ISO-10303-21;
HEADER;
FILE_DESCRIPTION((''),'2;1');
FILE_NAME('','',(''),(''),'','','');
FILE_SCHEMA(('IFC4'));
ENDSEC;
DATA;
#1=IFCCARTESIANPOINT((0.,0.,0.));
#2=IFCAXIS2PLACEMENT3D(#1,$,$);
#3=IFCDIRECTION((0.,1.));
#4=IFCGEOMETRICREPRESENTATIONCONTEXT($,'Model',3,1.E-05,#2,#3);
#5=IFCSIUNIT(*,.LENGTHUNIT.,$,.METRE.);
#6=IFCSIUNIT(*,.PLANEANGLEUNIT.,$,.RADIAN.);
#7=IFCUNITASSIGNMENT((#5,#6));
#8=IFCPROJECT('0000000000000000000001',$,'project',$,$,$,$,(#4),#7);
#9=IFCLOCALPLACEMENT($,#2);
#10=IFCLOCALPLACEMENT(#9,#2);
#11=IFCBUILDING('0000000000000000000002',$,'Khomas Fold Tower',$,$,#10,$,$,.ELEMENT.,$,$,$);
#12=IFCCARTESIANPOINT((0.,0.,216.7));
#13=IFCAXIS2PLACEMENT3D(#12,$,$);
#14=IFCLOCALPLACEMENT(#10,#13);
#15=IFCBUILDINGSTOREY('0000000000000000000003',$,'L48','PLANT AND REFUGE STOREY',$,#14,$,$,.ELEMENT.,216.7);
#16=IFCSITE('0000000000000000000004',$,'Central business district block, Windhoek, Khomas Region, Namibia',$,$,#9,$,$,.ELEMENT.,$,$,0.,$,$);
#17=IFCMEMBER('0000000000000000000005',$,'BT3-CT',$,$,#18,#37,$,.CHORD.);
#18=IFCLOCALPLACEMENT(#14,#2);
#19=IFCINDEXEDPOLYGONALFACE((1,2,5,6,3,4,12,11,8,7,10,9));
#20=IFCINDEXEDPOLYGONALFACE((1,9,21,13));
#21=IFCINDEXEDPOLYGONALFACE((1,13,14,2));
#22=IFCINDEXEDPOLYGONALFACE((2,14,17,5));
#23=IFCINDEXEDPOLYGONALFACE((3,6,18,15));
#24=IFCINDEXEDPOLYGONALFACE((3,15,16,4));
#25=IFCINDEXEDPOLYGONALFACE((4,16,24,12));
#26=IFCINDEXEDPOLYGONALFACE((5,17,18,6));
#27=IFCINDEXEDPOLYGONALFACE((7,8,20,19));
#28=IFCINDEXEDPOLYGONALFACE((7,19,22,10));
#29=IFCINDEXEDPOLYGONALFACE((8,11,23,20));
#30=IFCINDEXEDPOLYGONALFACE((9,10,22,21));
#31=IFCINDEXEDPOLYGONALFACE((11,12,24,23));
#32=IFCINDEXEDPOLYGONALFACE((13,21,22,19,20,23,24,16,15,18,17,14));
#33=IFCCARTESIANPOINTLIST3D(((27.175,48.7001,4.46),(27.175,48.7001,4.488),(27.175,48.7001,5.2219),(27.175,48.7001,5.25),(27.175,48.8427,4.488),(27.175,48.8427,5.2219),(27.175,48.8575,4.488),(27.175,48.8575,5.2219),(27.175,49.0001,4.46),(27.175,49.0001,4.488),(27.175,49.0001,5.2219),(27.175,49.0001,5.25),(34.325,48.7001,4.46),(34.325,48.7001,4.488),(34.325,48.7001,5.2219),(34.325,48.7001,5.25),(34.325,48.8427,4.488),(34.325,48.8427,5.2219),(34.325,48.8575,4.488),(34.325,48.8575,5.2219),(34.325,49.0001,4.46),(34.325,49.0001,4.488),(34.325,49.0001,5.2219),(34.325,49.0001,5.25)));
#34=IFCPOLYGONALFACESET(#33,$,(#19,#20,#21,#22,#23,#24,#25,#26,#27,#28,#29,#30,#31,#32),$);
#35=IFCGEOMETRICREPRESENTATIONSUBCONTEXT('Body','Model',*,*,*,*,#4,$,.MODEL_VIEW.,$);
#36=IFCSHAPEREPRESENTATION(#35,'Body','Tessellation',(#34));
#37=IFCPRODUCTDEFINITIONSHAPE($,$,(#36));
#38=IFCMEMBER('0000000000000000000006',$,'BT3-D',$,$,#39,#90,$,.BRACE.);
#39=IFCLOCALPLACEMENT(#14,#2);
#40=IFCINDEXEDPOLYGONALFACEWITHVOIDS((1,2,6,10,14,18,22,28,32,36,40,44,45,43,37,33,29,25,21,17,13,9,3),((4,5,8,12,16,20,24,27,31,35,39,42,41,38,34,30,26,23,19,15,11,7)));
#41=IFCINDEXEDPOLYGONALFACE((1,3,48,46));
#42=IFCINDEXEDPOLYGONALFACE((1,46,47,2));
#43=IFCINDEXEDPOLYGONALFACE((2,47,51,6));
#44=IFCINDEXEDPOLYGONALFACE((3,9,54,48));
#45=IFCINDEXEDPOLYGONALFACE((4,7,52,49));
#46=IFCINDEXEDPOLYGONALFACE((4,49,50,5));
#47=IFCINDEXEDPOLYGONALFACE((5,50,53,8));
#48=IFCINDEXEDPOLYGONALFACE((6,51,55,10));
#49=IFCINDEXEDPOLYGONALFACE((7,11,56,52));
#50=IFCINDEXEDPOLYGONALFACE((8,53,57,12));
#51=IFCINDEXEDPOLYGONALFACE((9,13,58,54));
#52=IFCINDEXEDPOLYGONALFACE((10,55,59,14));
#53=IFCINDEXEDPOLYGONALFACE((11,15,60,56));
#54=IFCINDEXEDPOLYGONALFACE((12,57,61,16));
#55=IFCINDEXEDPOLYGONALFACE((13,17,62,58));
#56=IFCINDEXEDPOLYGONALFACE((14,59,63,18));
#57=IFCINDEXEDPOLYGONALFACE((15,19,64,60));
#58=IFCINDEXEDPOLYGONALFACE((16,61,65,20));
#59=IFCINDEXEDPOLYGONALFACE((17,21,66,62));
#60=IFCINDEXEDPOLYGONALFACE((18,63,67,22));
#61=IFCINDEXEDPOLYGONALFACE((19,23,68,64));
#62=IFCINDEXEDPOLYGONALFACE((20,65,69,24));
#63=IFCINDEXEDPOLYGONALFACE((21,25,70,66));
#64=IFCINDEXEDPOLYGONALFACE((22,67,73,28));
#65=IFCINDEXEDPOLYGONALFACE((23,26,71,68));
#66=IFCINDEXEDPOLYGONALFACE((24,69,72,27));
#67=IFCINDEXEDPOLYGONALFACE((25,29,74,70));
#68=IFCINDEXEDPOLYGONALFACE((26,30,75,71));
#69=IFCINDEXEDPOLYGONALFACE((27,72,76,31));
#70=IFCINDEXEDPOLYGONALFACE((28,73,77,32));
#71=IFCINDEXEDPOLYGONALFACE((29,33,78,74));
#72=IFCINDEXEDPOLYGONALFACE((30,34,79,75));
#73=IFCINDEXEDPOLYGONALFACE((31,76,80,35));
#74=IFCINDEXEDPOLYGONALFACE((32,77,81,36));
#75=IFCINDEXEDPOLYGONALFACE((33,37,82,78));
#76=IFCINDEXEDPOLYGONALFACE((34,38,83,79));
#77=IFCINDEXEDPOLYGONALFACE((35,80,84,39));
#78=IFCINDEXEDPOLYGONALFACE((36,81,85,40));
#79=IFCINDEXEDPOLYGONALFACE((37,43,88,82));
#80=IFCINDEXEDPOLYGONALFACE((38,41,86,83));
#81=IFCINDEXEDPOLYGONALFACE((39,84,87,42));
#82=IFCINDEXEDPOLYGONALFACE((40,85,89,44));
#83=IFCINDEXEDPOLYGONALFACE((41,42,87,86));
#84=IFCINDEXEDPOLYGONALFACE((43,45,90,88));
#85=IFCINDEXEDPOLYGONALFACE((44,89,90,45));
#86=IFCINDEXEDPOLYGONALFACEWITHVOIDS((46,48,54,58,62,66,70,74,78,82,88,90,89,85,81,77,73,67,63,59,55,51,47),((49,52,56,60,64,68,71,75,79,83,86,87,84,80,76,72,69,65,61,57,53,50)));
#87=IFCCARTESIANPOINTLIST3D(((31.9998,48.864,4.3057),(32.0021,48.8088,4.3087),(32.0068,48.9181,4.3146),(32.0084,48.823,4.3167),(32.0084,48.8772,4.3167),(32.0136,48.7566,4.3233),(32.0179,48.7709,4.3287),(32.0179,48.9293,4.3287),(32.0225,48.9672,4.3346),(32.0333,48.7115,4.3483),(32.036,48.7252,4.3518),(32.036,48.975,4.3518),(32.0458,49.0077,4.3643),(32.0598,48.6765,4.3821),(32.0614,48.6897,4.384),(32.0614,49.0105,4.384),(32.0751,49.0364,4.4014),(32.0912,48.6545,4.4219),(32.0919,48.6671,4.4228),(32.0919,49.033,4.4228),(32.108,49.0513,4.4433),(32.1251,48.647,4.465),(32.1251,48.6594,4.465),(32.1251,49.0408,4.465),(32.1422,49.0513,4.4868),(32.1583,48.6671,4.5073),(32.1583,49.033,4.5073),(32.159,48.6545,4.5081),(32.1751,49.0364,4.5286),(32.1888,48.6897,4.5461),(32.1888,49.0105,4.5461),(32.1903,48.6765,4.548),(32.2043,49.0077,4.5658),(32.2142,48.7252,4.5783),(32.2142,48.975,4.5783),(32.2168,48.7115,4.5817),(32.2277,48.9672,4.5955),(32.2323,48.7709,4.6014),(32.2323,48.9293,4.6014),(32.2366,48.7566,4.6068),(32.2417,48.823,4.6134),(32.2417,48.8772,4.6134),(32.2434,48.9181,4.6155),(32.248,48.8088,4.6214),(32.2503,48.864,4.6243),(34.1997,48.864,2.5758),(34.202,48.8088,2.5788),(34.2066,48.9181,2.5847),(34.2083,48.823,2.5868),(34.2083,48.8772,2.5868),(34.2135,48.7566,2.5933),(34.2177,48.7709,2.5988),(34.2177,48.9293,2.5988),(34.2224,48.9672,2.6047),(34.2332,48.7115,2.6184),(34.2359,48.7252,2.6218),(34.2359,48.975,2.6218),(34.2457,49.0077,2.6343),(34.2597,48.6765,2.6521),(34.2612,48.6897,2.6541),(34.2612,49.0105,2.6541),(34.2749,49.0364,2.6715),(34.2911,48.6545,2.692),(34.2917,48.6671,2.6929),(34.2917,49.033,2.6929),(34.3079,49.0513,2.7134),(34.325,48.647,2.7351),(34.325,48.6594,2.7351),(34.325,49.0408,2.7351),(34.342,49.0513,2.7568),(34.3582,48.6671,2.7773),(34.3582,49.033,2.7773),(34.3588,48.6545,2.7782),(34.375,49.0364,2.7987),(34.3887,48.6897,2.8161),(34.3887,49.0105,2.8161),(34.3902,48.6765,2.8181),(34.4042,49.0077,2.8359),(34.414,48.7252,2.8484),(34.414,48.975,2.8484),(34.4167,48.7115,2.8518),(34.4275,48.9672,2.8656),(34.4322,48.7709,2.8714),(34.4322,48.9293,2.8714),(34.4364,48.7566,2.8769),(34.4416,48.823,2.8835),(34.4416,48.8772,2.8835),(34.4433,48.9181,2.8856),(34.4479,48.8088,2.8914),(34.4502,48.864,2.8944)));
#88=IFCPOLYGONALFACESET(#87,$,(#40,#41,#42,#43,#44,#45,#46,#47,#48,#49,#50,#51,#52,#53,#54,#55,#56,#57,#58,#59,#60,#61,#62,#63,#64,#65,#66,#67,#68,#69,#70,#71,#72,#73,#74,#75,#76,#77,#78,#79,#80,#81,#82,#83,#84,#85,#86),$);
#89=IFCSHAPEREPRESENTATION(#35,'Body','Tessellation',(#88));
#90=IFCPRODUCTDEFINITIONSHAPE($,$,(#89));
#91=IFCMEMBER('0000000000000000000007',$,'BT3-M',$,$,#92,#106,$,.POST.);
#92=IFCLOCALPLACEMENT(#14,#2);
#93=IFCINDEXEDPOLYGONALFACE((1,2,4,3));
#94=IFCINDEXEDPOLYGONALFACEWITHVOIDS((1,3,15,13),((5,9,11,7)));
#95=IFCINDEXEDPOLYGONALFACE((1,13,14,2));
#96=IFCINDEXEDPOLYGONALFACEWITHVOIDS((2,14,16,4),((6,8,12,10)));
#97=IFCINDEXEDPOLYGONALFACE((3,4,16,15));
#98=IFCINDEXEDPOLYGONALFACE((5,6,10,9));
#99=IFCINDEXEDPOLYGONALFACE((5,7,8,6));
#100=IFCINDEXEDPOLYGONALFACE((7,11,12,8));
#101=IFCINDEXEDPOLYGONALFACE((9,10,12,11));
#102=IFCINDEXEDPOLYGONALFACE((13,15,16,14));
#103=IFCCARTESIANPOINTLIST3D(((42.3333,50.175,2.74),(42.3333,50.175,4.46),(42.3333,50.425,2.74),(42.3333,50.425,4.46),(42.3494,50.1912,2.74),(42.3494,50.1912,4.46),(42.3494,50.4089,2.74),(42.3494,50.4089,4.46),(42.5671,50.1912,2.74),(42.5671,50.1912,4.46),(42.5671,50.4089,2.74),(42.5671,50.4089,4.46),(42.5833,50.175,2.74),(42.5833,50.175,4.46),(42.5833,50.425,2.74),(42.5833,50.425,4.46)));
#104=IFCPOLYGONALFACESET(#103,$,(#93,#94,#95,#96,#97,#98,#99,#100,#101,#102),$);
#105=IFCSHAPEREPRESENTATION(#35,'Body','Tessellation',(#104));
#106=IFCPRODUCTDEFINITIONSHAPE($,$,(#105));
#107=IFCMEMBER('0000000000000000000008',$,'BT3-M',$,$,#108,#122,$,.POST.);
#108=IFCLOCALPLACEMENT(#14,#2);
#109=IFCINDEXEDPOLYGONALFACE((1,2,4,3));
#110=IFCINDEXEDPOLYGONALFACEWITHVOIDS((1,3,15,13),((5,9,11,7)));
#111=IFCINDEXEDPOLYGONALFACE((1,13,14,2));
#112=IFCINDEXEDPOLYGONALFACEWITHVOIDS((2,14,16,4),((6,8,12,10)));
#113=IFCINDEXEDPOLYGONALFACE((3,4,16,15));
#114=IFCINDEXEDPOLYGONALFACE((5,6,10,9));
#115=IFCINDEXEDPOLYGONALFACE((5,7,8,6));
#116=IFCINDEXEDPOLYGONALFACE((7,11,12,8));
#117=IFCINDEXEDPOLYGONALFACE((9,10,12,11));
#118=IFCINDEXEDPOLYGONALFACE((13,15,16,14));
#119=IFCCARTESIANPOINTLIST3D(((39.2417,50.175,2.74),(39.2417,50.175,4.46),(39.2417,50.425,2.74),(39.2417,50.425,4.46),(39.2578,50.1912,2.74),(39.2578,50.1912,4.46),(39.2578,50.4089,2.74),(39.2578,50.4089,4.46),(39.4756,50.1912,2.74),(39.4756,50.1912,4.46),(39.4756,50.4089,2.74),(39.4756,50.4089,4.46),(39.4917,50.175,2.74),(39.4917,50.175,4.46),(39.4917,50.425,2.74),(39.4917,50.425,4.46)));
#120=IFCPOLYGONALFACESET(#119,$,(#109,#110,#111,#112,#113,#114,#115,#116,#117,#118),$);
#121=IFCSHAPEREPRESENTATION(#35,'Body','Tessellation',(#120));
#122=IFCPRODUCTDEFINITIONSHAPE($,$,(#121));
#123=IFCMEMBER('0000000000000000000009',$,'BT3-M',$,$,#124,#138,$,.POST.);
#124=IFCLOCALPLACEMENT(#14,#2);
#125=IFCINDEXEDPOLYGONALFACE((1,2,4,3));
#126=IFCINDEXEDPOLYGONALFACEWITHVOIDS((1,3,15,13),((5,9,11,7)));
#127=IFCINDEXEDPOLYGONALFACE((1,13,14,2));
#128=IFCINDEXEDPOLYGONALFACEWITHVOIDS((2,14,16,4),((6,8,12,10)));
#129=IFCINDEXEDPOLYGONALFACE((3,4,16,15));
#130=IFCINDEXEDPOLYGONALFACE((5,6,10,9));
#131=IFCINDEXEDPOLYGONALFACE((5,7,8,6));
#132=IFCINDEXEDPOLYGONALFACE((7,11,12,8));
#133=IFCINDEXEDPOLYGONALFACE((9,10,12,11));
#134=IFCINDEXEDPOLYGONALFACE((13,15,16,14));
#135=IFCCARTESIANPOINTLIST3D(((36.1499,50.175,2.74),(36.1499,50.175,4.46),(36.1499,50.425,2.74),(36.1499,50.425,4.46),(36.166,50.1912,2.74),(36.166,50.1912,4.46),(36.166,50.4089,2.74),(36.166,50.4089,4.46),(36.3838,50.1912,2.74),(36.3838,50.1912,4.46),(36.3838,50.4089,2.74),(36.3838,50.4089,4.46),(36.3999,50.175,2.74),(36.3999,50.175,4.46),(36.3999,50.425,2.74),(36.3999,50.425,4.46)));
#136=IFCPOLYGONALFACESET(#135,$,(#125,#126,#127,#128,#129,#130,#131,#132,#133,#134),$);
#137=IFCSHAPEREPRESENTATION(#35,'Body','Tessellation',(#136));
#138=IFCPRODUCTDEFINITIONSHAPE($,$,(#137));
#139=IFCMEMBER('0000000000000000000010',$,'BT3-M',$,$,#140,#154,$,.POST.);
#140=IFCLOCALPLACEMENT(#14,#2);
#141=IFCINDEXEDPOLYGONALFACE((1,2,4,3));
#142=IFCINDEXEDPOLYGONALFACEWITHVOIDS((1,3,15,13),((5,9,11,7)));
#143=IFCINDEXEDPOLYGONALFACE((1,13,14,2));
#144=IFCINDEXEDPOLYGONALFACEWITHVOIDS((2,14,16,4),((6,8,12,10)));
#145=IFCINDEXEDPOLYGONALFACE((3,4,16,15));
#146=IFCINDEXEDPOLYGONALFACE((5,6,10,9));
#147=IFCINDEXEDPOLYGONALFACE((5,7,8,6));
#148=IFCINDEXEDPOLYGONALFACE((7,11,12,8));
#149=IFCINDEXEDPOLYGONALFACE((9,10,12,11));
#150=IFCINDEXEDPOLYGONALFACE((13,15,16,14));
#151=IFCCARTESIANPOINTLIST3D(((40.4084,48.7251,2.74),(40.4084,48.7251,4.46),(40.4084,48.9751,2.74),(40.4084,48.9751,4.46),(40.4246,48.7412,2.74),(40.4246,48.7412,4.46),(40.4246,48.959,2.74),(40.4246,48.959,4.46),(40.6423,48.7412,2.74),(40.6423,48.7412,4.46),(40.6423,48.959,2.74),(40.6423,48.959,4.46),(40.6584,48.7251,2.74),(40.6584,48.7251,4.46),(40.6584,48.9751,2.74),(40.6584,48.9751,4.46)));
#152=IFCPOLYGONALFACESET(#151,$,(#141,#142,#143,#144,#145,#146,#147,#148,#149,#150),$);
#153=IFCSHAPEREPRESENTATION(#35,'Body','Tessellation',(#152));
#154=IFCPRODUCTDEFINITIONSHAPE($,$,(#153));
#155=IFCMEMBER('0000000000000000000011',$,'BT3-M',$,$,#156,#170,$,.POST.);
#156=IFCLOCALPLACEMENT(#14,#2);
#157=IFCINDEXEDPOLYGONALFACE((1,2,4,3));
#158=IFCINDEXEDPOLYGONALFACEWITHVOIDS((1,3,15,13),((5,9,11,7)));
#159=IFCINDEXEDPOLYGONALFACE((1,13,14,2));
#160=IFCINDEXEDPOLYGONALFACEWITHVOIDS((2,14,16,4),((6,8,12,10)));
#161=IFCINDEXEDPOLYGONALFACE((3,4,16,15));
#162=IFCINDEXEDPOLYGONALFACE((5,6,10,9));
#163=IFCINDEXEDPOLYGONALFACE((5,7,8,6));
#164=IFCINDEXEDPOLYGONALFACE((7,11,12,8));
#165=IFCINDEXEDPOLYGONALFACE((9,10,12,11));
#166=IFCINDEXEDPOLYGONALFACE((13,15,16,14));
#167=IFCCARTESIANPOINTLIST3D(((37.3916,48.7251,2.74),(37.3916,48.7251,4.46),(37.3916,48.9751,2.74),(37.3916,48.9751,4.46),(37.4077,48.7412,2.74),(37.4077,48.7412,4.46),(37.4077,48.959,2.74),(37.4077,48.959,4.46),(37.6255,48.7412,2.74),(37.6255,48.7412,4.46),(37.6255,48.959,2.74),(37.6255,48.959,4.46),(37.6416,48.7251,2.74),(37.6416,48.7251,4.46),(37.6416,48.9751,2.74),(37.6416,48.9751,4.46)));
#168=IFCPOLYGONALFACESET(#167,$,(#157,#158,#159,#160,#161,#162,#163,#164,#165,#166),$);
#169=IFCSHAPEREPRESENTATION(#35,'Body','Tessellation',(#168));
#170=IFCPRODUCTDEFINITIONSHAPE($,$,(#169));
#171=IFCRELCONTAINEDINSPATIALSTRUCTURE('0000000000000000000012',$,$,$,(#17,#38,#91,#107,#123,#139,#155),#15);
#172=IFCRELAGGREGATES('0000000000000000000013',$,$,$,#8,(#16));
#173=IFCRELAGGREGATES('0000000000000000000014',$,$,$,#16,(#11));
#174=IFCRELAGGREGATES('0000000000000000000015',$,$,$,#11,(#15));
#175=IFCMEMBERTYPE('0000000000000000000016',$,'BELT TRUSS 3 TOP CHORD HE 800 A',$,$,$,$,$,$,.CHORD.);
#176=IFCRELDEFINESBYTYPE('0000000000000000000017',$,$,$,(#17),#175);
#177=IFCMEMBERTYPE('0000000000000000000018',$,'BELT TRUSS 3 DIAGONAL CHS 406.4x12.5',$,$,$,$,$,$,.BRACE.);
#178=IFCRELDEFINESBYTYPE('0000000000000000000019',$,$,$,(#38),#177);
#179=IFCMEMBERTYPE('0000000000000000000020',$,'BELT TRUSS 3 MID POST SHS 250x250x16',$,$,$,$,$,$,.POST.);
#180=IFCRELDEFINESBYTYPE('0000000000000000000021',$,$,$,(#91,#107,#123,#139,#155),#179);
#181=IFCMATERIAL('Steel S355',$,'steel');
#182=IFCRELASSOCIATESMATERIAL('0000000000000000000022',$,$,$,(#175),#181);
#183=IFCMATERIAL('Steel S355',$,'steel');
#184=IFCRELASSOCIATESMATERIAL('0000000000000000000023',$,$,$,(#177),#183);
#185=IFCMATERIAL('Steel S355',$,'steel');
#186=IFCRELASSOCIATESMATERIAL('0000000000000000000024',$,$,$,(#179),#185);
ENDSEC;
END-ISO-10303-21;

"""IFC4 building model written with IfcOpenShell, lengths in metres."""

from ifc_helpers import new_model, si_unit, direction, frame, origin, origin_2d, place, context, subcontext, project, spatial, hollow_rectangle, hollow_circle, i_section, extrude, source, transform, mapped, material, material_profile, profile_set, type_object, element, save


model = new_model("IFC4")

# Units and contexts
model_context = context("Model", 3, precision=1e-05, world=origin(), true_north=direction((0.0, 1.0)))
body_context = subcontext(model_context, "Body", "Model", "MODEL_VIEW")
ifc_project = project(units=[si_unit("LENGTHUNIT", "METRE"), si_unit("PLANEANGLEUNIT", "RADIAN")], contexts=[model_context])

# Site, building, storey
site_placement = place(None, origin())
site = spatial("IfcSite", under=ifc_project, at=site_placement, Name="Central business district block, Windhoek, Khomas Region, Namibia", CompositionType="ELEMENT", RefElevation=0.0)
building_placement = place(site_placement, origin())
building = spatial("IfcBuilding", under=site, at=building_placement, Name="Khomas Fold Tower", CompositionType="ELEMENT")
storey_placement = place(building_placement, frame((0.0, 0.0, 216.7)))
storey = spatial("IfcBuildingStorey", under=building, at=storey_placement, Name="L48", Description="PLANT AND REFUGE STOREY", CompositionType="ELEMENT", Elevation=216.7)

# Members
ifc_material_1 = material(Name="Steel S355", Category="steel")
ifc_material_profile_1 = material_profile(ifc_material_1, i_section(OverallWidth=0.3, OverallDepth=0.79, WebThickness=0.0149, FlangeThickness=0.0281, at=origin_2d()), Name="HE 800 A")
ifc_profile_set_1 = profile_set([ifc_material_profile_1], Name="Steel S355")
member_type_1 = type_object("IfcMemberType", Name="BELT TRUSS 3 TOP CHORD HE 800 A", PredefinedType="CHORD", material=ifc_profile_set_1)
shared_shape_1 = source(origin(), body_context, "Body", "SweptSolid", [
    extrude(i_section(OverallWidth=0.3, OverallDepth=0.79, WebThickness=0.0149, FlangeThickness=0.0281, at=origin_2d()), origin(), (0.0, 0.0, 1.0), 7.1499),
])
member_1_placement = place(storey_placement, frame((34.325, 48.8501, 4.855), z_axis=(-1.0, 0.0, 0.0), x_axis=(0.0, -1.0, 0.0)))
element("IfcMember", 1, at=member_1_placement, inside=storey, type_object=member_type_1, Name="BT3-CT", PredefinedType="CHORD", context=body_context, shape_type="MappedRepresentation", body=[
    mapped(shared_shape_1, transform((0.0, 0.0, 0.0))),
])
ifc_material_2 = material(Name="Steel S355", Category="steel")
ifc_material_profile_2 = material_profile(ifc_material_2, hollow_circle(Radius=0.2031, WallThickness=0.0125, at=origin_2d()), Name="CHS 406.4x12.5")
ifc_profile_set_2 = profile_set([ifc_material_profile_2], Name="Steel S355")
member_type_2 = type_object("IfcMemberType", Name="BELT TRUSS 3 DIAGONAL CHS 406.4x12.5", PredefinedType="BRACE", material=ifc_profile_set_2)
shared_shape_2 = source(origin(), body_context, "Body", "SweptSolid", [
    extrude(hollow_circle(Radius=0.2031, WallThickness=0.0125, at=origin_2d()), origin(), (0.0, 0.0, 1.0), 2.7986),
])
member_2_placement = place(storey_placement, frame((34.325, 48.8501, 2.7351), z_axis=(-0.786067, 0.0, 0.618141), x_axis=(0.0, -1.0, 0.0)))
element("IfcMember", 2, at=member_2_placement, inside=storey, type_object=member_type_2, Name="BT3-D", PredefinedType="BRACE", context=body_context, shape_type="MappedRepresentation", body=[
    mapped(shared_shape_2, transform((0.0, 0.0, 0.0))),
])
ifc_material_3 = material(Name="Steel S355", Category="steel")
ifc_material_profile_3 = material_profile(ifc_material_3, hollow_rectangle(XDim=0.25, YDim=0.25, WallThickness=0.0161, at=origin_2d()), Name="SHS 250x250x16")
ifc_profile_set_3 = profile_set([ifc_material_profile_3], Name="Steel S355")
member_type_3 = type_object("IfcMemberType", Name="BELT TRUSS 3 MID POST SHS 250x250x16", PredefinedType="POST", material=ifc_profile_set_3)
shared_shape_3 = source(origin(), body_context, "Body", "SweptSolid", [
    extrude(hollow_rectangle(XDim=0.25, YDim=0.25, WallThickness=0.0161, at=origin_2d()), origin(), (0.0, 0.0, 1.0), 1.72),
])
for number, where, z_axis, x_axis, name in (
    (3, (42.4583, 50.3, 2.74), (0.0, 0.0, 1.0), (1.0, 0.0, 0.0), "BT3-M"),
    (4, (39.3667, 50.3, 2.74), (0.0, 0.0, 1.0), (1.0, 0.0, 0.0), "BT3-M"),
    (5, (36.2749, 50.3, 2.74), (0.0, 0.0, 1.0), (1.0, 0.0, 0.0), "BT3-M"),
    (6, (40.5334, 48.8501, 2.74), (0.0, 0.0, 1.0), (1.0, 0.0, 0.0), "BT3-M"),
    (7, (37.5166, 48.8501, 2.74), (0.0, 0.0, 1.0), (1.0, 0.0, 0.0), "BT3-M"),
):
    element("IfcMember", number, at=place(storey_placement, frame(where, z_axis=z_axis, x_axis=x_axis)), inside=storey, type_object=member_type_3, Name=name, PredefinedType="POST", context=body_context, shape_type="MappedRepresentation", body=[
        mapped(shared_shape_3, transform((0.0, 0.0, 0.0))),
    ])

save(model, "model.ifc")
